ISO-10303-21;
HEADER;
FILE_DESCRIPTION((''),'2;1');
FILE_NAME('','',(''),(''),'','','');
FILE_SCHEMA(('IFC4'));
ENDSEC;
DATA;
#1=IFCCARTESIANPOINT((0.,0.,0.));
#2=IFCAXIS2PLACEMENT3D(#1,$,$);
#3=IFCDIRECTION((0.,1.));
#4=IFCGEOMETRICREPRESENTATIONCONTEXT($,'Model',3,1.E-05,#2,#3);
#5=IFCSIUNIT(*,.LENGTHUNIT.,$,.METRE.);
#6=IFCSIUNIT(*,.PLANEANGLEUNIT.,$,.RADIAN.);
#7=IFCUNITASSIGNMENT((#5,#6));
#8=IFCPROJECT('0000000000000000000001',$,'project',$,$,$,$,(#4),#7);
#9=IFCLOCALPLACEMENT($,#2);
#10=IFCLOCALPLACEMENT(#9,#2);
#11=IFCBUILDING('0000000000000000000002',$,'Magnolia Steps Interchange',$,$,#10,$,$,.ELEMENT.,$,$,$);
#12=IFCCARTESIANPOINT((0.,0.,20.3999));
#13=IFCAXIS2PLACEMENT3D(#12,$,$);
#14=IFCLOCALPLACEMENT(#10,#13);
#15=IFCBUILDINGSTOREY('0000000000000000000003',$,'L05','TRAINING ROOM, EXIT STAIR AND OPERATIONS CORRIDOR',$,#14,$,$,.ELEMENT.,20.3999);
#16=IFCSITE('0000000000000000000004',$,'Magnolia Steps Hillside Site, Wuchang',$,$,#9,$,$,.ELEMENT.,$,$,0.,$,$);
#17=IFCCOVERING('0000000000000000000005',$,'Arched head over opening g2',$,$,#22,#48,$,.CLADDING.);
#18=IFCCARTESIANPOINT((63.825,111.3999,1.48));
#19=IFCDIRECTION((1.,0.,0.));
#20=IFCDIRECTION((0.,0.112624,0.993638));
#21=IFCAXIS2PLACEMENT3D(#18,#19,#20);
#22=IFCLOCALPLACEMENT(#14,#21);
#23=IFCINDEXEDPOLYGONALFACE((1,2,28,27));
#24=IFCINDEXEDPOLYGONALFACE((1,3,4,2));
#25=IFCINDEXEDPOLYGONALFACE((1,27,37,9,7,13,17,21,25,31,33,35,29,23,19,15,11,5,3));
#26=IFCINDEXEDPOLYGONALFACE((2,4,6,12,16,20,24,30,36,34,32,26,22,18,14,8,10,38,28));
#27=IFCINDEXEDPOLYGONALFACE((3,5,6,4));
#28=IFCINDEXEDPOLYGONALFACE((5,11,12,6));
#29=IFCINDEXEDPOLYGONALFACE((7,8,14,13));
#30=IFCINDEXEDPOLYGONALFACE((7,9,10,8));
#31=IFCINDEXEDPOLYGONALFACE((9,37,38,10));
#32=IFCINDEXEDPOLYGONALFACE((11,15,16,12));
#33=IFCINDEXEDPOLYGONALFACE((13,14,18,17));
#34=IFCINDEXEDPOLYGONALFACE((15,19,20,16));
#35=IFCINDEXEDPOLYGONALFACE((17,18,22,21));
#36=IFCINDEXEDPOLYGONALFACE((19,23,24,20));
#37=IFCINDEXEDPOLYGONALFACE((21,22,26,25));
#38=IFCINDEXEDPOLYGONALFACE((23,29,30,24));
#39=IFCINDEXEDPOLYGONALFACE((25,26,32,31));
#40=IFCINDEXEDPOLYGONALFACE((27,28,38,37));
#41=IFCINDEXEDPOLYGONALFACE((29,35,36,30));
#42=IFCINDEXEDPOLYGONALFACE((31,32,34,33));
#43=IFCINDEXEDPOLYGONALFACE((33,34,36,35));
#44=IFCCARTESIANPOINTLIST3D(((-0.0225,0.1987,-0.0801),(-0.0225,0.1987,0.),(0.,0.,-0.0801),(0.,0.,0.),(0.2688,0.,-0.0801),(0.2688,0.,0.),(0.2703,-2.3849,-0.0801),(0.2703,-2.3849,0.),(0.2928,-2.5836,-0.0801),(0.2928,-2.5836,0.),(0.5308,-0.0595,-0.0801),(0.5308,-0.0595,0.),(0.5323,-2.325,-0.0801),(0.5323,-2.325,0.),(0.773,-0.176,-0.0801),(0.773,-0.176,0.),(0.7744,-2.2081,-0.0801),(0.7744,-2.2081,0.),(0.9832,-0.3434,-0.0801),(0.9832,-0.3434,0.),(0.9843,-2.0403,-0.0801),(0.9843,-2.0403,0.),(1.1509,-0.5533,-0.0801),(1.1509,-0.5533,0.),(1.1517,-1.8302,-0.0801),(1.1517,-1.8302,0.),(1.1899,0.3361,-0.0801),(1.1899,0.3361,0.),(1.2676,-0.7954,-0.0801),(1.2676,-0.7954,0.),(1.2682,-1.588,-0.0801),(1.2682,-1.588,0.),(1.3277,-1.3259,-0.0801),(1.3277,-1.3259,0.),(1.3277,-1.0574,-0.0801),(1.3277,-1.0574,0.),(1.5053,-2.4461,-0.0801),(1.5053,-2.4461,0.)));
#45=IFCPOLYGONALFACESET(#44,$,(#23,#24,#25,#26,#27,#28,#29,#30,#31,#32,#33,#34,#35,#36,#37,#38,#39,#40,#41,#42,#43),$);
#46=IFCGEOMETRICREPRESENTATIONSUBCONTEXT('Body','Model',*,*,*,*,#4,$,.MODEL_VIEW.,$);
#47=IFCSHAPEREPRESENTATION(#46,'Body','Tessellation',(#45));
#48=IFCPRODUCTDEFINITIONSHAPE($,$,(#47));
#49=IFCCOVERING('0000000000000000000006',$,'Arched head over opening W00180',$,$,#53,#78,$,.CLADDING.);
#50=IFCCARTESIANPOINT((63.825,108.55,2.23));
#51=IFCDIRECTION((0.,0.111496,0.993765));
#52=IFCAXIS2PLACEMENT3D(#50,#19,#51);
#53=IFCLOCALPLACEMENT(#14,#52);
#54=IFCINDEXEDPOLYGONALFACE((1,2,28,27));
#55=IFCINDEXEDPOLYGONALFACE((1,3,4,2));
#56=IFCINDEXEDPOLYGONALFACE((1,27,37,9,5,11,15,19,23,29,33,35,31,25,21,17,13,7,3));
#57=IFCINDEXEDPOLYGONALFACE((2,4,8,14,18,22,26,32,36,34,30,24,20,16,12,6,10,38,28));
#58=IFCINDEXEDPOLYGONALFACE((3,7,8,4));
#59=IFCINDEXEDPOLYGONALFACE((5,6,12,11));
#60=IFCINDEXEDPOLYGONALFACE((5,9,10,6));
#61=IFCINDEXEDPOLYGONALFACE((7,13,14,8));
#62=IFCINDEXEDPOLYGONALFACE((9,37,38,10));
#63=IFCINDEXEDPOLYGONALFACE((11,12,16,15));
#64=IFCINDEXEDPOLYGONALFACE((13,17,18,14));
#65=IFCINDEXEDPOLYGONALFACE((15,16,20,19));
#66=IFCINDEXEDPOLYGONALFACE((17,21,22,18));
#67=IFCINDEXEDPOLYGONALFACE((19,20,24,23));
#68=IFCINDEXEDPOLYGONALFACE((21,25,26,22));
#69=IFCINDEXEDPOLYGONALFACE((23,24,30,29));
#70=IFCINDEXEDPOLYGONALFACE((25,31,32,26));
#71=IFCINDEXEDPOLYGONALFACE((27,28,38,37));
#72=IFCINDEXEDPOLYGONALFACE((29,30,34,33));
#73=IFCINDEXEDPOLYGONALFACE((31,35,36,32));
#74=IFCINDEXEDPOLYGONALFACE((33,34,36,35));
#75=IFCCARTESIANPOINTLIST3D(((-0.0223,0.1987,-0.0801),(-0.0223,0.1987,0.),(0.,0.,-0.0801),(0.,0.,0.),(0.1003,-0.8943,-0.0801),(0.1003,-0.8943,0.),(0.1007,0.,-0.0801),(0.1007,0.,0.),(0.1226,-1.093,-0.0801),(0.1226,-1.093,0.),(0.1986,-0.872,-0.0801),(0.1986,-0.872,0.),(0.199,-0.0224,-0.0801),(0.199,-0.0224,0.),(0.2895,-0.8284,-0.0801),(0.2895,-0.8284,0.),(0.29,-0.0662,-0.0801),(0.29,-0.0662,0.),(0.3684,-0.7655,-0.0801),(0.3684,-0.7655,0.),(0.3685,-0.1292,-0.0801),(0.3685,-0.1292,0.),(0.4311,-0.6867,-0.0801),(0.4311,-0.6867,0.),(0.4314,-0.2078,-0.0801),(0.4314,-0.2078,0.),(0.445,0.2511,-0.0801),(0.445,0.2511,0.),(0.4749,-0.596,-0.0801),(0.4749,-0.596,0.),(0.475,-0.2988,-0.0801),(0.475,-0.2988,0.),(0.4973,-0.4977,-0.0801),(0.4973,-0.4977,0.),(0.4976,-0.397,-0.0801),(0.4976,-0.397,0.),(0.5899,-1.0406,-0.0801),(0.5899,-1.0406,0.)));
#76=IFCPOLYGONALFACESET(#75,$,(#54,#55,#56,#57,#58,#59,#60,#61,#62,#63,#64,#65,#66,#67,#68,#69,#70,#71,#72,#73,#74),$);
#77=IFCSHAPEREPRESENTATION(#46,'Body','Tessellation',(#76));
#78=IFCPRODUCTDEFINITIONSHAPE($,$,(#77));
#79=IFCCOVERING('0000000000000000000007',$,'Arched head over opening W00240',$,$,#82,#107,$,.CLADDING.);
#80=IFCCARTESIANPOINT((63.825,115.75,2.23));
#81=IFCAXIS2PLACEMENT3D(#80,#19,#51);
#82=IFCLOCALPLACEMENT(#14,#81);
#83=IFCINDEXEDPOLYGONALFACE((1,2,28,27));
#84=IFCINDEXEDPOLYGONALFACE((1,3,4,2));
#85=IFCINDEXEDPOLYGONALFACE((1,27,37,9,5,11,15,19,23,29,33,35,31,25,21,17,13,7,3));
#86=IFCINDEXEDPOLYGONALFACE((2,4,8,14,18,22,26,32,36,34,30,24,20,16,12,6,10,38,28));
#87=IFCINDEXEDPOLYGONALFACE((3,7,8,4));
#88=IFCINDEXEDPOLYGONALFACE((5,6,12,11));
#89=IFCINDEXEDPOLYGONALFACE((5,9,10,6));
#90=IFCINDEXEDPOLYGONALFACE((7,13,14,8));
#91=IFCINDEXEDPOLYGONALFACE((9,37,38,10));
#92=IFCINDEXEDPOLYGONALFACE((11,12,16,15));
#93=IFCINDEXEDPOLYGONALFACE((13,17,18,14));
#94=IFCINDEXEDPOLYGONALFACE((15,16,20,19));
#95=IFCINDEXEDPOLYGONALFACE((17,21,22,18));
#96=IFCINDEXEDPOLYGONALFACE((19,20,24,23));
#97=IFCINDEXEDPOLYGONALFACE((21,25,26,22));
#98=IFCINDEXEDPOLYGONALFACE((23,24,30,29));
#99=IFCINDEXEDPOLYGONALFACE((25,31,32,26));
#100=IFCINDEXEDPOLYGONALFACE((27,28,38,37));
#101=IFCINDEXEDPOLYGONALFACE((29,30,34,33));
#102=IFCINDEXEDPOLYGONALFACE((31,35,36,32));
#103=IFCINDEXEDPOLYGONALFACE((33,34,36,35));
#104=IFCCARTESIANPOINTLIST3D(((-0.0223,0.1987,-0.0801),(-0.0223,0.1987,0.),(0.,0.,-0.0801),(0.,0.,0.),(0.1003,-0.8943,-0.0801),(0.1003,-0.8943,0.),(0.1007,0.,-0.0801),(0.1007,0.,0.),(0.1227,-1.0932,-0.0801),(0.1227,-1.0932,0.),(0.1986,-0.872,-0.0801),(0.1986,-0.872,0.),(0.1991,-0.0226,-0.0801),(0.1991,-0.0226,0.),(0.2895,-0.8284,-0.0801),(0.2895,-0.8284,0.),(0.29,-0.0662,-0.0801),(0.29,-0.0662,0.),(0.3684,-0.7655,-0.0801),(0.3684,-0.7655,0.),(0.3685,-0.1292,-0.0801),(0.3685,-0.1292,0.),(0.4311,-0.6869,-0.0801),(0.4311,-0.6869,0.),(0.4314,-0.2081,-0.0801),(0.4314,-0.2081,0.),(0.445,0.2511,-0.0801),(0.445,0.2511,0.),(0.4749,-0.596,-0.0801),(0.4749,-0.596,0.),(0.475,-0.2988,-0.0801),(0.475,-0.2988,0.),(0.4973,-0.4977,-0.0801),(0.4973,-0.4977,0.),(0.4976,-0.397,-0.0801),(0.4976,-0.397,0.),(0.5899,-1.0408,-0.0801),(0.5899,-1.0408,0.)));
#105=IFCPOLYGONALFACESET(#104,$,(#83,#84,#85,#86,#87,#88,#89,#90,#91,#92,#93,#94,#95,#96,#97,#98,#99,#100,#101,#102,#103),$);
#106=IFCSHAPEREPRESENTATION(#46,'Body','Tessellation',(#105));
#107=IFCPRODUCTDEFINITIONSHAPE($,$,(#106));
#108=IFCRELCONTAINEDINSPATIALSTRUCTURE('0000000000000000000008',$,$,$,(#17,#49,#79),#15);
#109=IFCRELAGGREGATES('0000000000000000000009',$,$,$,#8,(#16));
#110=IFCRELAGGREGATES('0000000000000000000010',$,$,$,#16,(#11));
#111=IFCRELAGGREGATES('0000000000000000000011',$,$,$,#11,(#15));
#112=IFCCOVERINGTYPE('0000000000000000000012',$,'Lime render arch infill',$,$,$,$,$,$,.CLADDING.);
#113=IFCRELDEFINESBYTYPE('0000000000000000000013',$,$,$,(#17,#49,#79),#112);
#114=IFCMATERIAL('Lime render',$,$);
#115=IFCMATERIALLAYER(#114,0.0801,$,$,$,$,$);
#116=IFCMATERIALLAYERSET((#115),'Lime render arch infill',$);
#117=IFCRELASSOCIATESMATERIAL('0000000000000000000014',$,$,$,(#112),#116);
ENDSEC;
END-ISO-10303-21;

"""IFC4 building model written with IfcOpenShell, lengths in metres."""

from ifc_helpers import new_model, si_unit, direction, frame, origin, place, context, subcontext, project, spatial, polyline, outline, extrude, material, layer, layer_set, type_object, element, save


model = new_model("IFC4")

# Units and contexts
model_context = context("Model", 3, precision=1e-05, world=origin(), true_north=direction((0.0, 1.0)))
body_context = subcontext(model_context, "Body", "Model", "MODEL_VIEW")
ifc_project = project(units=[si_unit("LENGTHUNIT", "METRE"), si_unit("PLANEANGLEUNIT", "RADIAN")], contexts=[model_context])

# Site, building, storey
site_placement = place(None, origin())
site = spatial("IfcSite", under=ifc_project, at=site_placement, Name="Magnolia Steps Hillside Site, Wuchang", CompositionType="ELEMENT", RefElevation=0.0)
building_placement = place(site_placement, origin())
building = spatial("IfcBuilding", under=site, at=building_placement, Name="Magnolia Steps Interchange", CompositionType="ELEMENT")
storey_placement = place(building_placement, frame((0.0, 0.0, 20.3999)))
storey = spatial("IfcBuildingStorey", under=building, at=storey_placement, Name="L05", Description="TRAINING ROOM, EXIT STAIR AND OPERATIONS CORRIDOR", CompositionType="ELEMENT", Elevation=20.3999)

# Coverings
ifc_material_1 = material(Name="Lime render")
ifc_layer_1 = layer(ifc_material_1, 0.0801)
ifc_layer_set_1 = layer_set([ifc_layer_1], Name="Lime render arch infill")
covering_type_1 = type_object("IfcCoveringType", Name="Lime render arch infill", PredefinedType="CLADDING", material=ifc_layer_set_1)
covering_1_placement = place(storey_placement, frame((63.825, 111.3999, 1.48), z_axis=(1.0, 0.0, 0.0), x_axis=(0.0, 0.112624, 0.993638)))
element("IfcCovering", 1, at=covering_1_placement, inside=storey, type_object=covering_type_1, Name="Arched head over opening g2", PredefinedType="CLADDING", context=body_context, shape_type="SweptSolid", body=[
    extrude(outline(polyline([(0.0, 0.0), (0.2688, 0.0), (0.5308, -0.0595), (0.773, -0.176), (0.9832, -0.3434), (1.1509, -0.5533), (1.2676, -0.7954), (1.3277, -1.0574), (1.3277, -1.3259), (1.2682, -1.588), (1.1517, -1.8302), (0.9843, -2.0403), (0.7744, -2.2081), (0.5323, -2.325), (0.2703, -2.3849), (0.2928, -2.5836), (1.5053, -2.4461), (1.1899, 0.3361), (-0.0225, 0.1987), (0.0, 0.0)])), origin(), (0.0, 0.0, -1.0), 0.0801),
])
covering_2_placement = place(storey_placement, frame((63.825, 108.55, 2.23), z_axis=(1.0, 0.0, 0.0), x_axis=(0.0, 0.111496, 0.993765)))
element("IfcCovering", 2, at=covering_2_placement, inside=storey, type_object=covering_type_1, Name="Arched head over opening W00180", PredefinedType="CLADDING", context=body_context, shape_type="SweptSolid", body=[
    extrude(outline(polyline([(0.0, 0.0), (0.1007, 0.0), (0.199, -0.0224), (0.29, -0.0662), (0.3685, -0.1292), (0.4314, -0.2078), (0.475, -0.2988), (0.4976, -0.397), (0.4973, -0.4977), (0.4749, -0.596), (0.4311, -0.6867), (0.3684, -0.7655), (0.2895, -0.8284), (0.1986, -0.872), (0.1003, -0.8943), (0.1226, -1.093), (0.5899, -1.0406), (0.445, 0.2511), (-0.0223, 0.1987), (0.0, 0.0)])), origin(), (0.0, 0.0, -1.0), 0.0801),
])
covering_3_placement = place(storey_placement, frame((63.825, 115.75, 2.23), z_axis=(1.0, 0.0, 0.0), x_axis=(0.0, 0.111496, 0.993765)))
element("IfcCovering", 3, at=covering_3_placement, inside=storey, type_object=covering_type_1, Name="Arched head over opening W00240", PredefinedType="CLADDING", context=body_context, shape_type="SweptSolid", body=[
    extrude(outline(polyline([(0.0, 0.0), (0.1007, 0.0), (0.1991, -0.0226), (0.29, -0.0662), (0.3685, -0.1292), (0.4314, -0.2081), (0.475, -0.2988), (0.4976, -0.397), (0.4973, -0.4977), (0.4749, -0.596), (0.4311, -0.6869), (0.3684, -0.7655), (0.2895, -0.8284), (0.1986, -0.872), (0.1003, -0.8943), (0.1227, -1.0932), (0.5899, -1.0408), (0.445, 0.2511), (-0.0223, 0.1987), (0.0, 0.0)])), origin(), (0.0, 0.0, -1.0), 0.0801),
])

save(model, "model.ifc")
